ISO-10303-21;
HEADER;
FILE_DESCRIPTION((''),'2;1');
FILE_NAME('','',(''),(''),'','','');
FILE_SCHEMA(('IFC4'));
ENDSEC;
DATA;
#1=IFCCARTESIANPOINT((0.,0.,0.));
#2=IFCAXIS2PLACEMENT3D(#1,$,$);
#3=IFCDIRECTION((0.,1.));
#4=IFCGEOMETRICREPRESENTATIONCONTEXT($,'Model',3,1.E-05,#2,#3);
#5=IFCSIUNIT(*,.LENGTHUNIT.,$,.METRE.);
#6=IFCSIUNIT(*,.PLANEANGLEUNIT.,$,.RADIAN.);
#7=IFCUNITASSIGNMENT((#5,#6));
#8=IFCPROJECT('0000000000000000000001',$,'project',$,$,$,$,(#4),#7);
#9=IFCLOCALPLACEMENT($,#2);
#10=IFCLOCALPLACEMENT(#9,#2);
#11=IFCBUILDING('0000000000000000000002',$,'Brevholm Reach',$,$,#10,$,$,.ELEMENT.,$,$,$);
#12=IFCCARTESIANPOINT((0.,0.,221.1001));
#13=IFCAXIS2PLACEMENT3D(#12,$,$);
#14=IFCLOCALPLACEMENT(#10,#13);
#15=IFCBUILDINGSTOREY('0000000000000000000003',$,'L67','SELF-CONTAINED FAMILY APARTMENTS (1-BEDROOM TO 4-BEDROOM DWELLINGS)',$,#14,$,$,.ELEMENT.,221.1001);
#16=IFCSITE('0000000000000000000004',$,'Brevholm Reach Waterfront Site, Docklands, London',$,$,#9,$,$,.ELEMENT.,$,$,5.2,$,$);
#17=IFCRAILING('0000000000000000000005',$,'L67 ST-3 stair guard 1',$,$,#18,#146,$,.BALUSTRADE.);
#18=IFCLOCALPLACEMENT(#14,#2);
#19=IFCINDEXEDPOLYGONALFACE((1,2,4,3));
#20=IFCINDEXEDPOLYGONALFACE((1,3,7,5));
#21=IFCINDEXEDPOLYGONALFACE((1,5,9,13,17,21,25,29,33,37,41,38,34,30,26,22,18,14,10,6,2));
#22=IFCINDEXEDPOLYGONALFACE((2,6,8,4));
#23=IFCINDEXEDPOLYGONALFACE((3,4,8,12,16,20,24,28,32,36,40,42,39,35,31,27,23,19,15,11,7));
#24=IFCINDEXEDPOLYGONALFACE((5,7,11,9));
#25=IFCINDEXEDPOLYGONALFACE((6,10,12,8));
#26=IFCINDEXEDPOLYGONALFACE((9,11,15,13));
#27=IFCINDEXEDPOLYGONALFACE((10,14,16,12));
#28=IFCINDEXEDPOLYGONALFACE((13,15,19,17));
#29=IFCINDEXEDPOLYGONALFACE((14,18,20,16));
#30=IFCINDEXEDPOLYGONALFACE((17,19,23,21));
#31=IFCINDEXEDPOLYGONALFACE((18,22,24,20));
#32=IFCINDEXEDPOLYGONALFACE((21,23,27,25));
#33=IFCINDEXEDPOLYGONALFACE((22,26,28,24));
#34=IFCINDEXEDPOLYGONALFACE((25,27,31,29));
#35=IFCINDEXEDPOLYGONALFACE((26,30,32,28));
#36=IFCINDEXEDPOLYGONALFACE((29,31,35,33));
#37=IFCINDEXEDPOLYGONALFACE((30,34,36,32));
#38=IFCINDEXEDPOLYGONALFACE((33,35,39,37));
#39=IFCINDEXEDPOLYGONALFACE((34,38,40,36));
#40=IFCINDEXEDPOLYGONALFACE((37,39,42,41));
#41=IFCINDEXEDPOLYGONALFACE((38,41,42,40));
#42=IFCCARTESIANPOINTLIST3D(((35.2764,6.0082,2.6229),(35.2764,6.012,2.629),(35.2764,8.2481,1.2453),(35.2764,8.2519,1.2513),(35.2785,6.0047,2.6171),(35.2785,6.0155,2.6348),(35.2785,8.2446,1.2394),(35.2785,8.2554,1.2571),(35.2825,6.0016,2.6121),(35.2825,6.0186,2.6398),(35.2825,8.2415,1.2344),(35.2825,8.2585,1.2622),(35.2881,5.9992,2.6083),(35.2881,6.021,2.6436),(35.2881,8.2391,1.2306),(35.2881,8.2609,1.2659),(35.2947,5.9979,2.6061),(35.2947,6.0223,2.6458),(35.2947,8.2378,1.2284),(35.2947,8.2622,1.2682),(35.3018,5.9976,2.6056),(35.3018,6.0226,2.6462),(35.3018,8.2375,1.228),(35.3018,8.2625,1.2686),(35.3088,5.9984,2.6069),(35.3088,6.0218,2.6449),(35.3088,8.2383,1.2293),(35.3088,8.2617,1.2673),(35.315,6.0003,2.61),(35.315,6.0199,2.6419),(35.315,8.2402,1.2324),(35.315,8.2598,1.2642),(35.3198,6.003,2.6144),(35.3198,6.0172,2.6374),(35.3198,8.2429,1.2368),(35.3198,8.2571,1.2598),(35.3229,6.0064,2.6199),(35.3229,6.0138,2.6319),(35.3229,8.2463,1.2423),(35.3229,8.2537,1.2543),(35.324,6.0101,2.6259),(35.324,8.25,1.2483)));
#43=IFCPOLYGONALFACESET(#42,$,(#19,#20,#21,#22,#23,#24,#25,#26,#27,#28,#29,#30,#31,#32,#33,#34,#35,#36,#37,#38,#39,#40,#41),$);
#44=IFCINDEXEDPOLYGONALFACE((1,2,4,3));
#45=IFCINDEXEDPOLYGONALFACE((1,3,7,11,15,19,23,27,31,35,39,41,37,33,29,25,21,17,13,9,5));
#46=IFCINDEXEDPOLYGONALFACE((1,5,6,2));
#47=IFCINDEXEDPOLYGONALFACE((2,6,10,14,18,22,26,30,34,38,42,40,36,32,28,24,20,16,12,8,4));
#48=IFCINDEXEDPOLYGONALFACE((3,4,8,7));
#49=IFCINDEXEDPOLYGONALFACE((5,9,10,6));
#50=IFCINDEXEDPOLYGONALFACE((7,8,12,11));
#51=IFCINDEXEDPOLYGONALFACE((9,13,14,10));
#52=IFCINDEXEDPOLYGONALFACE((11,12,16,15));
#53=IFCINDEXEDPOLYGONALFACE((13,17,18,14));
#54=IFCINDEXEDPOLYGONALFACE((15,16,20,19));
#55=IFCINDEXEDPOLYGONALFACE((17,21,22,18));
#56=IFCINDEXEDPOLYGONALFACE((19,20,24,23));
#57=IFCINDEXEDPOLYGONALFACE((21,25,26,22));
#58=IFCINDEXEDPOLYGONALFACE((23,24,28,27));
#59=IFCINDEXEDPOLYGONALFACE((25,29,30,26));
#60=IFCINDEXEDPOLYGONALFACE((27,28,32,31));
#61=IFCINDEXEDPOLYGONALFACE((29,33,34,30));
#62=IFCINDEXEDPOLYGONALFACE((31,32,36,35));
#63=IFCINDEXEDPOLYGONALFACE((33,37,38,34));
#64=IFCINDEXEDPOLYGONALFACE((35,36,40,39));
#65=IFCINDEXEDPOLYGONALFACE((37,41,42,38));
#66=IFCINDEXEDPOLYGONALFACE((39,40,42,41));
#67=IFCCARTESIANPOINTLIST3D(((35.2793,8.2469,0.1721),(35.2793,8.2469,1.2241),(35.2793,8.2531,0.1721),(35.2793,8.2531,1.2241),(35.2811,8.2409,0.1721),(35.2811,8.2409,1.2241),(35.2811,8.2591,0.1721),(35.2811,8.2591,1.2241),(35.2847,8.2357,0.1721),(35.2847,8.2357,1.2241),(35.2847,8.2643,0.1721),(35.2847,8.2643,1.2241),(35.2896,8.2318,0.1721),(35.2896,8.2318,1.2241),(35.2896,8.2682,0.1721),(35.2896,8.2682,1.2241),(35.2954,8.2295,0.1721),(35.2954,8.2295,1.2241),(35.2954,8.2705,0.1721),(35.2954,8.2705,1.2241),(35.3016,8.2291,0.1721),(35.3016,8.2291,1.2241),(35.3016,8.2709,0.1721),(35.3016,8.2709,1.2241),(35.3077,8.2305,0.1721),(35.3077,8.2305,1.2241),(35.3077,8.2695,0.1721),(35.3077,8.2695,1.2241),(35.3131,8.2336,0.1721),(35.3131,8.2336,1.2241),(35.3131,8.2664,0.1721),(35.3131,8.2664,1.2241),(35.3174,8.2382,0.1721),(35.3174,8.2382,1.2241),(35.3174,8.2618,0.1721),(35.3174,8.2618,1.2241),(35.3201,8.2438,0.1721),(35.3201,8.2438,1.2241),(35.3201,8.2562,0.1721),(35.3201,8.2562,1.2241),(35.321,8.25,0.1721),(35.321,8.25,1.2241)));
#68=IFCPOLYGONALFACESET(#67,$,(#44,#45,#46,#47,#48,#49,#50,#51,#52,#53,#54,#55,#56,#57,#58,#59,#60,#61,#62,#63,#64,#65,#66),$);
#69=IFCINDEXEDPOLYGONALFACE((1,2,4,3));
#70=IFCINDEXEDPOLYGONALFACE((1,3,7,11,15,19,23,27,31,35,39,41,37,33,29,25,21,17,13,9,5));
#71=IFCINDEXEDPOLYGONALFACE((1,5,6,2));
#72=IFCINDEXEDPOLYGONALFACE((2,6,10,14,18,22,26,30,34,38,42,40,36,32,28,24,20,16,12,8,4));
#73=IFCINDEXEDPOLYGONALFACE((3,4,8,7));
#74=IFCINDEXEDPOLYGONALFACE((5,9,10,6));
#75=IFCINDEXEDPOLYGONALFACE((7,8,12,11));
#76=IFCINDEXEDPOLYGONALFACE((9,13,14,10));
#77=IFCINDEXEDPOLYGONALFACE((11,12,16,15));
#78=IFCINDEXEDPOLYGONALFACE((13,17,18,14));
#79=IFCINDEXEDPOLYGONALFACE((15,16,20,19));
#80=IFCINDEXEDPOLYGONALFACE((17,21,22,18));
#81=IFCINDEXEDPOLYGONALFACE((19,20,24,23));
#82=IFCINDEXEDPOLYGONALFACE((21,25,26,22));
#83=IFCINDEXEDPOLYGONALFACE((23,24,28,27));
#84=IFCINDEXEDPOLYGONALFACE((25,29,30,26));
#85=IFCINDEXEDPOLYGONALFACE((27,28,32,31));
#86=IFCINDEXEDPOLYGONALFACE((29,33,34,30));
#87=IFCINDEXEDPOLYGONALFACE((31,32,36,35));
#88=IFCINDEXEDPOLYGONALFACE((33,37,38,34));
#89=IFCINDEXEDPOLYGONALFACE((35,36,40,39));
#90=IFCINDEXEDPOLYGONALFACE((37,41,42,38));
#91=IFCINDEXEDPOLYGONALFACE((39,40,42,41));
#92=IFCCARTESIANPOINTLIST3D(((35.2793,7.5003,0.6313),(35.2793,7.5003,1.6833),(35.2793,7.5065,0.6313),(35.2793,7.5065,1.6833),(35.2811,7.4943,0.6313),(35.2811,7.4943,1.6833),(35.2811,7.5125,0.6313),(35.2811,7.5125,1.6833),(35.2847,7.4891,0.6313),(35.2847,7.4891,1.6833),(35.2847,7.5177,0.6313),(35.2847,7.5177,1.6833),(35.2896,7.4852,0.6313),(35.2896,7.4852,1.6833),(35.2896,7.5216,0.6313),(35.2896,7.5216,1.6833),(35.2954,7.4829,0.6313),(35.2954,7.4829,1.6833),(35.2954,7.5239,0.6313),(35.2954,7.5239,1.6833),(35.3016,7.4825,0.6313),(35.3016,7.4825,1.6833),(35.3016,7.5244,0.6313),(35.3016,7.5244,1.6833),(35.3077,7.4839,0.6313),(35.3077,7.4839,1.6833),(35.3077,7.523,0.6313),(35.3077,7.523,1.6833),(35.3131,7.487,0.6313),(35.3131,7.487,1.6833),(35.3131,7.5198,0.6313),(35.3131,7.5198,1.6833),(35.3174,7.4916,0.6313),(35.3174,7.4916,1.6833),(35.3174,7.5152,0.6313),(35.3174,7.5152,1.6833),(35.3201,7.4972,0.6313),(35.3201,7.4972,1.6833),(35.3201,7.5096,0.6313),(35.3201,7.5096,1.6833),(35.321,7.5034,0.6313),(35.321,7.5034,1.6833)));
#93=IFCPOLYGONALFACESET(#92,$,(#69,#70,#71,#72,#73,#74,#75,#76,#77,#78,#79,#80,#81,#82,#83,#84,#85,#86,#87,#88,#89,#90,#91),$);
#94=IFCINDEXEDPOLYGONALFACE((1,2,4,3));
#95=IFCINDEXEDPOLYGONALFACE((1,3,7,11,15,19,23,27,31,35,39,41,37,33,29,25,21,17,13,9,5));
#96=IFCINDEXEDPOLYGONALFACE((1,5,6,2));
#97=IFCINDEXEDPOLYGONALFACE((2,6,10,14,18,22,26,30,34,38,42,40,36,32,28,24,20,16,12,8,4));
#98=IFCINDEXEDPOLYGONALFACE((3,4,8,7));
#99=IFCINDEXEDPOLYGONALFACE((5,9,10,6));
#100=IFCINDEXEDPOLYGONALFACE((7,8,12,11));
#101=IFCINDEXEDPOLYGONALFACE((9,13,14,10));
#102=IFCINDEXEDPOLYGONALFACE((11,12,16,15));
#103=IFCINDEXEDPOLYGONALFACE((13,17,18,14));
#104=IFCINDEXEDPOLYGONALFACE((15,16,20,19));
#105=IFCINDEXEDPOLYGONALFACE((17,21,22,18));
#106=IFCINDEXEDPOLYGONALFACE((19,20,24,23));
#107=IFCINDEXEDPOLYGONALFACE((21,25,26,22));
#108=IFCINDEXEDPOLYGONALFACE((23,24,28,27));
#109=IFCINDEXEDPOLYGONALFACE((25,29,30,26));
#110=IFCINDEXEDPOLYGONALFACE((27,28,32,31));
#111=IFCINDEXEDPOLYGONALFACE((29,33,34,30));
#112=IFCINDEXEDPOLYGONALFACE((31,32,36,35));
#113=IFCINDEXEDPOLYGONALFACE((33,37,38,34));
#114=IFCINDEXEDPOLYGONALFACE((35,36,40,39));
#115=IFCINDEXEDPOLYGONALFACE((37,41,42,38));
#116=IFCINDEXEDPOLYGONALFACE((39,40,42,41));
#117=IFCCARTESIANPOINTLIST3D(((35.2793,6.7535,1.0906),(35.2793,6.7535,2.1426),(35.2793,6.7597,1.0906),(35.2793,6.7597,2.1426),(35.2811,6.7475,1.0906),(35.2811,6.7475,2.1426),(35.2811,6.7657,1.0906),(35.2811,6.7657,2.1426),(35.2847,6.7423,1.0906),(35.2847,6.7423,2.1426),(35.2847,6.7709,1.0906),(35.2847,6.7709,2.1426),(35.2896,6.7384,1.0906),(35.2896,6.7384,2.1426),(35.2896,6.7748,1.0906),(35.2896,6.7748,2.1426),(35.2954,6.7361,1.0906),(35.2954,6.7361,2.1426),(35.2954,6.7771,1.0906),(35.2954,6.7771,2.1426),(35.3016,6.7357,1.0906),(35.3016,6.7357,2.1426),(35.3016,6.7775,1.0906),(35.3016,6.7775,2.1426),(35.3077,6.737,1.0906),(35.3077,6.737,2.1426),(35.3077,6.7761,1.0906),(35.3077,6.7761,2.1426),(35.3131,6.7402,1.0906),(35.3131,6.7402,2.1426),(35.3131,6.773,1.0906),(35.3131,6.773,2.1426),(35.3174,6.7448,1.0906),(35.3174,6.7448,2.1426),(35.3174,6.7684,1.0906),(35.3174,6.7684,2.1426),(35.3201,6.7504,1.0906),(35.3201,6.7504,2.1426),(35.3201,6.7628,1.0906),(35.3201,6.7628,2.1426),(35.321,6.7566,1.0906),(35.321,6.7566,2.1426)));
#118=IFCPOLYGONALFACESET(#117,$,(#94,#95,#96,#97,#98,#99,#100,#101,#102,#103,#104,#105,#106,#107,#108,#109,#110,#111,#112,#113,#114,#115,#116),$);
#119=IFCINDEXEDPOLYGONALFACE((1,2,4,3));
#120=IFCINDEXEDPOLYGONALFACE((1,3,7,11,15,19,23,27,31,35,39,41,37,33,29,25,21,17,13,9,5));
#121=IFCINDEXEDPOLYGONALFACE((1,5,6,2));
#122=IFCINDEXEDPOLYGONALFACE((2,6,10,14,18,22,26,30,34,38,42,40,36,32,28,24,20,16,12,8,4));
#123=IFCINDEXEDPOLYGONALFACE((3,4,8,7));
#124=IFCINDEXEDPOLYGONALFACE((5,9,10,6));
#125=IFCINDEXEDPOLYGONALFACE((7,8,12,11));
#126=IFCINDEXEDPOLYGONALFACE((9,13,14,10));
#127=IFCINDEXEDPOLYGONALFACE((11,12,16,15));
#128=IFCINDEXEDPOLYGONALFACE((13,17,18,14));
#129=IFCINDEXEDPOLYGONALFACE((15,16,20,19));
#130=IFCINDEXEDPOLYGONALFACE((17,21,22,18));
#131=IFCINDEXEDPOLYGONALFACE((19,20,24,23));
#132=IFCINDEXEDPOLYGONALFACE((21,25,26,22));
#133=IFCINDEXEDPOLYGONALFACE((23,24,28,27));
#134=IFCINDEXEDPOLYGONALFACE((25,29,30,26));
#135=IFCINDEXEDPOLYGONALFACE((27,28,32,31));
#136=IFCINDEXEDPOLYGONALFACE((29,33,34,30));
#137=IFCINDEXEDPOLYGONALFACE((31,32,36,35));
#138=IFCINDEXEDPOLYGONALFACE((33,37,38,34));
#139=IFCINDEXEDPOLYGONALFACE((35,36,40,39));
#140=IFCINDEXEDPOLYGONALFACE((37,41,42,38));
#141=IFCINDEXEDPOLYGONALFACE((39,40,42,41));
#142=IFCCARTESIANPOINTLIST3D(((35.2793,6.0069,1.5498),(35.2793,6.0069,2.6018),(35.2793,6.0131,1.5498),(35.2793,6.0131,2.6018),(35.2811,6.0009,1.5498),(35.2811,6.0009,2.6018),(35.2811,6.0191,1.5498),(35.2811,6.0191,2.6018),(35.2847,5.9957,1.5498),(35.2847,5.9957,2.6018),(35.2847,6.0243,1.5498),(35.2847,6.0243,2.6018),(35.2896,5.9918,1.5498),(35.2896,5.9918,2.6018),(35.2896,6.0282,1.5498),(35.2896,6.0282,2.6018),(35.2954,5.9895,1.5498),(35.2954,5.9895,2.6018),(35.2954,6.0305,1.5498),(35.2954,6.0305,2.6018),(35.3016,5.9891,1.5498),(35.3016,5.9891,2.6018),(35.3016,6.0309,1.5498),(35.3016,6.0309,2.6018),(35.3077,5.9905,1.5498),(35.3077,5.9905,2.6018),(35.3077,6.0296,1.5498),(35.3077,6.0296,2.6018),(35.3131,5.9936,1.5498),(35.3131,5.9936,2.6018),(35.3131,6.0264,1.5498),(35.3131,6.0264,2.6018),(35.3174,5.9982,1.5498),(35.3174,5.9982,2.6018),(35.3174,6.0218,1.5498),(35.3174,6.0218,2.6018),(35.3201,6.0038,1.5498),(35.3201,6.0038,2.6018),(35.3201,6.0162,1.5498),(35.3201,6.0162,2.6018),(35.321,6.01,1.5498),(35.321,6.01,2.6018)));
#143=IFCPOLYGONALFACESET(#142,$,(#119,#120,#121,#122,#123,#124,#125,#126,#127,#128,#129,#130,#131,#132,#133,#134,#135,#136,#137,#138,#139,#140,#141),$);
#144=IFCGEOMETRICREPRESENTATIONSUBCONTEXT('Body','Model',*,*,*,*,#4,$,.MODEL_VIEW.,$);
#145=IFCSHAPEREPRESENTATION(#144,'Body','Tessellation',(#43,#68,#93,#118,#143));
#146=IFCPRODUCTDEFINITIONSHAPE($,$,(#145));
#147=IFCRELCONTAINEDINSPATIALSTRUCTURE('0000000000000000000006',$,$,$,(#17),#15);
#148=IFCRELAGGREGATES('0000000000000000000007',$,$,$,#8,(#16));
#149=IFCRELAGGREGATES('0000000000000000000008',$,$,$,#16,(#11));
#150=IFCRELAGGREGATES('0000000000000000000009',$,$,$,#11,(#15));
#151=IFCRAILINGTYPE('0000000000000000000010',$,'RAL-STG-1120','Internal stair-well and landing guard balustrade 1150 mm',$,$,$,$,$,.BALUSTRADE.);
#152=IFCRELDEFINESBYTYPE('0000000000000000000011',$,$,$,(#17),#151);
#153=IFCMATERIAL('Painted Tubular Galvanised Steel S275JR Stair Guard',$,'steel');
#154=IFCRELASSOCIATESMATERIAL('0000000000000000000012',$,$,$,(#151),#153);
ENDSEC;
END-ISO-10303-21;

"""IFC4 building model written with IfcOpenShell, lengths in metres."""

from ifc_helpers import new_model, si_unit, direction, frame, origin, origin_2d, place, context, subcontext, project, spatial, circle, extrude, material, type_object, element, save


model = new_model("IFC4")

# Units and contexts
model_context = context("Model", 3, precision=1e-05, world=origin(), true_north=direction((0.0, 1.0)))
body_context = subcontext(model_context, "Body", "Model", "MODEL_VIEW")
ifc_project = project(units=[si_unit("LENGTHUNIT", "METRE"), si_unit("PLANEANGLEUNIT", "RADIAN")], contexts=[model_context])

# Site, building, storey
site_placement = place(None, origin())
site = spatial("IfcSite", under=ifc_project, at=site_placement, Name="Brevholm Reach Waterfront Site, Docklands, London", CompositionType="ELEMENT", RefElevation=5.2)
building_placement = place(site_placement, origin())
building = spatial("IfcBuilding", under=site, at=building_placement, Name="Brevholm Reach", CompositionType="ELEMENT")
storey_placement = place(building_placement, frame((0.0, 0.0, 221.1001)))
storey = spatial("IfcBuildingStorey", under=building, at=storey_placement, Name="L67", Description="SELF-CONTAINED FAMILY APARTMENTS (1-BEDROOM TO 4-BEDROOM DWELLINGS)", CompositionType="ELEMENT", Elevation=221.1001)

# Railing
ifc_material_1 = material(Name="Painted Tubular Galvanised Steel S275JR Stair Guard", Category="steel")
railing_type_1 = type_object("IfcRailingType", Name="RAL-STG-1120", Description="Internal stair-well and landing guard balustrade 1150 mm", PredefinedType="BALUSTRADE", material=ifc_material_1)
railing_1_placement = place(storey_placement, frame((35.3, 8.25, 0.1721)))
element("IfcRailing", 1, at=railing_1_placement, inside=storey, type_object=railing_type_1, Name="L67 ST-3 stair guard 1", PredefinedType="BALUSTRADE", context=body_context, shape_type="SweptSolid", body=[
    extrude(circle(Radius=0.0239, at=origin_2d()), frame((0.0, 0.0, 1.0762), z_axis=(0.0, -0.851789, 0.523885), x_axis=(1.0, 0.0, 0.0)), (0.0, 0.0, 1.0), 2.6296),
    extrude(circle(Radius=0.021, at=origin_2d()), origin(), (0.0, 0.0, 1.0), 1.052),
    extrude(circle(Radius=0.021, at=origin_2d()), frame((0.0, -0.7466, 0.4592)), (0.0, 0.0, 1.0), 1.052),
    extrude(circle(Radius=0.021, at=origin_2d()), frame((0.0, -1.4934, 0.9185)), (0.0, 0.0, 1.0), 1.052),
    extrude(circle(Radius=0.021, at=origin_2d()), frame((0.0, -2.24, 1.3777)), (0.0, 0.0, 1.0), 1.052),
])

save(model, "model.ifc")
